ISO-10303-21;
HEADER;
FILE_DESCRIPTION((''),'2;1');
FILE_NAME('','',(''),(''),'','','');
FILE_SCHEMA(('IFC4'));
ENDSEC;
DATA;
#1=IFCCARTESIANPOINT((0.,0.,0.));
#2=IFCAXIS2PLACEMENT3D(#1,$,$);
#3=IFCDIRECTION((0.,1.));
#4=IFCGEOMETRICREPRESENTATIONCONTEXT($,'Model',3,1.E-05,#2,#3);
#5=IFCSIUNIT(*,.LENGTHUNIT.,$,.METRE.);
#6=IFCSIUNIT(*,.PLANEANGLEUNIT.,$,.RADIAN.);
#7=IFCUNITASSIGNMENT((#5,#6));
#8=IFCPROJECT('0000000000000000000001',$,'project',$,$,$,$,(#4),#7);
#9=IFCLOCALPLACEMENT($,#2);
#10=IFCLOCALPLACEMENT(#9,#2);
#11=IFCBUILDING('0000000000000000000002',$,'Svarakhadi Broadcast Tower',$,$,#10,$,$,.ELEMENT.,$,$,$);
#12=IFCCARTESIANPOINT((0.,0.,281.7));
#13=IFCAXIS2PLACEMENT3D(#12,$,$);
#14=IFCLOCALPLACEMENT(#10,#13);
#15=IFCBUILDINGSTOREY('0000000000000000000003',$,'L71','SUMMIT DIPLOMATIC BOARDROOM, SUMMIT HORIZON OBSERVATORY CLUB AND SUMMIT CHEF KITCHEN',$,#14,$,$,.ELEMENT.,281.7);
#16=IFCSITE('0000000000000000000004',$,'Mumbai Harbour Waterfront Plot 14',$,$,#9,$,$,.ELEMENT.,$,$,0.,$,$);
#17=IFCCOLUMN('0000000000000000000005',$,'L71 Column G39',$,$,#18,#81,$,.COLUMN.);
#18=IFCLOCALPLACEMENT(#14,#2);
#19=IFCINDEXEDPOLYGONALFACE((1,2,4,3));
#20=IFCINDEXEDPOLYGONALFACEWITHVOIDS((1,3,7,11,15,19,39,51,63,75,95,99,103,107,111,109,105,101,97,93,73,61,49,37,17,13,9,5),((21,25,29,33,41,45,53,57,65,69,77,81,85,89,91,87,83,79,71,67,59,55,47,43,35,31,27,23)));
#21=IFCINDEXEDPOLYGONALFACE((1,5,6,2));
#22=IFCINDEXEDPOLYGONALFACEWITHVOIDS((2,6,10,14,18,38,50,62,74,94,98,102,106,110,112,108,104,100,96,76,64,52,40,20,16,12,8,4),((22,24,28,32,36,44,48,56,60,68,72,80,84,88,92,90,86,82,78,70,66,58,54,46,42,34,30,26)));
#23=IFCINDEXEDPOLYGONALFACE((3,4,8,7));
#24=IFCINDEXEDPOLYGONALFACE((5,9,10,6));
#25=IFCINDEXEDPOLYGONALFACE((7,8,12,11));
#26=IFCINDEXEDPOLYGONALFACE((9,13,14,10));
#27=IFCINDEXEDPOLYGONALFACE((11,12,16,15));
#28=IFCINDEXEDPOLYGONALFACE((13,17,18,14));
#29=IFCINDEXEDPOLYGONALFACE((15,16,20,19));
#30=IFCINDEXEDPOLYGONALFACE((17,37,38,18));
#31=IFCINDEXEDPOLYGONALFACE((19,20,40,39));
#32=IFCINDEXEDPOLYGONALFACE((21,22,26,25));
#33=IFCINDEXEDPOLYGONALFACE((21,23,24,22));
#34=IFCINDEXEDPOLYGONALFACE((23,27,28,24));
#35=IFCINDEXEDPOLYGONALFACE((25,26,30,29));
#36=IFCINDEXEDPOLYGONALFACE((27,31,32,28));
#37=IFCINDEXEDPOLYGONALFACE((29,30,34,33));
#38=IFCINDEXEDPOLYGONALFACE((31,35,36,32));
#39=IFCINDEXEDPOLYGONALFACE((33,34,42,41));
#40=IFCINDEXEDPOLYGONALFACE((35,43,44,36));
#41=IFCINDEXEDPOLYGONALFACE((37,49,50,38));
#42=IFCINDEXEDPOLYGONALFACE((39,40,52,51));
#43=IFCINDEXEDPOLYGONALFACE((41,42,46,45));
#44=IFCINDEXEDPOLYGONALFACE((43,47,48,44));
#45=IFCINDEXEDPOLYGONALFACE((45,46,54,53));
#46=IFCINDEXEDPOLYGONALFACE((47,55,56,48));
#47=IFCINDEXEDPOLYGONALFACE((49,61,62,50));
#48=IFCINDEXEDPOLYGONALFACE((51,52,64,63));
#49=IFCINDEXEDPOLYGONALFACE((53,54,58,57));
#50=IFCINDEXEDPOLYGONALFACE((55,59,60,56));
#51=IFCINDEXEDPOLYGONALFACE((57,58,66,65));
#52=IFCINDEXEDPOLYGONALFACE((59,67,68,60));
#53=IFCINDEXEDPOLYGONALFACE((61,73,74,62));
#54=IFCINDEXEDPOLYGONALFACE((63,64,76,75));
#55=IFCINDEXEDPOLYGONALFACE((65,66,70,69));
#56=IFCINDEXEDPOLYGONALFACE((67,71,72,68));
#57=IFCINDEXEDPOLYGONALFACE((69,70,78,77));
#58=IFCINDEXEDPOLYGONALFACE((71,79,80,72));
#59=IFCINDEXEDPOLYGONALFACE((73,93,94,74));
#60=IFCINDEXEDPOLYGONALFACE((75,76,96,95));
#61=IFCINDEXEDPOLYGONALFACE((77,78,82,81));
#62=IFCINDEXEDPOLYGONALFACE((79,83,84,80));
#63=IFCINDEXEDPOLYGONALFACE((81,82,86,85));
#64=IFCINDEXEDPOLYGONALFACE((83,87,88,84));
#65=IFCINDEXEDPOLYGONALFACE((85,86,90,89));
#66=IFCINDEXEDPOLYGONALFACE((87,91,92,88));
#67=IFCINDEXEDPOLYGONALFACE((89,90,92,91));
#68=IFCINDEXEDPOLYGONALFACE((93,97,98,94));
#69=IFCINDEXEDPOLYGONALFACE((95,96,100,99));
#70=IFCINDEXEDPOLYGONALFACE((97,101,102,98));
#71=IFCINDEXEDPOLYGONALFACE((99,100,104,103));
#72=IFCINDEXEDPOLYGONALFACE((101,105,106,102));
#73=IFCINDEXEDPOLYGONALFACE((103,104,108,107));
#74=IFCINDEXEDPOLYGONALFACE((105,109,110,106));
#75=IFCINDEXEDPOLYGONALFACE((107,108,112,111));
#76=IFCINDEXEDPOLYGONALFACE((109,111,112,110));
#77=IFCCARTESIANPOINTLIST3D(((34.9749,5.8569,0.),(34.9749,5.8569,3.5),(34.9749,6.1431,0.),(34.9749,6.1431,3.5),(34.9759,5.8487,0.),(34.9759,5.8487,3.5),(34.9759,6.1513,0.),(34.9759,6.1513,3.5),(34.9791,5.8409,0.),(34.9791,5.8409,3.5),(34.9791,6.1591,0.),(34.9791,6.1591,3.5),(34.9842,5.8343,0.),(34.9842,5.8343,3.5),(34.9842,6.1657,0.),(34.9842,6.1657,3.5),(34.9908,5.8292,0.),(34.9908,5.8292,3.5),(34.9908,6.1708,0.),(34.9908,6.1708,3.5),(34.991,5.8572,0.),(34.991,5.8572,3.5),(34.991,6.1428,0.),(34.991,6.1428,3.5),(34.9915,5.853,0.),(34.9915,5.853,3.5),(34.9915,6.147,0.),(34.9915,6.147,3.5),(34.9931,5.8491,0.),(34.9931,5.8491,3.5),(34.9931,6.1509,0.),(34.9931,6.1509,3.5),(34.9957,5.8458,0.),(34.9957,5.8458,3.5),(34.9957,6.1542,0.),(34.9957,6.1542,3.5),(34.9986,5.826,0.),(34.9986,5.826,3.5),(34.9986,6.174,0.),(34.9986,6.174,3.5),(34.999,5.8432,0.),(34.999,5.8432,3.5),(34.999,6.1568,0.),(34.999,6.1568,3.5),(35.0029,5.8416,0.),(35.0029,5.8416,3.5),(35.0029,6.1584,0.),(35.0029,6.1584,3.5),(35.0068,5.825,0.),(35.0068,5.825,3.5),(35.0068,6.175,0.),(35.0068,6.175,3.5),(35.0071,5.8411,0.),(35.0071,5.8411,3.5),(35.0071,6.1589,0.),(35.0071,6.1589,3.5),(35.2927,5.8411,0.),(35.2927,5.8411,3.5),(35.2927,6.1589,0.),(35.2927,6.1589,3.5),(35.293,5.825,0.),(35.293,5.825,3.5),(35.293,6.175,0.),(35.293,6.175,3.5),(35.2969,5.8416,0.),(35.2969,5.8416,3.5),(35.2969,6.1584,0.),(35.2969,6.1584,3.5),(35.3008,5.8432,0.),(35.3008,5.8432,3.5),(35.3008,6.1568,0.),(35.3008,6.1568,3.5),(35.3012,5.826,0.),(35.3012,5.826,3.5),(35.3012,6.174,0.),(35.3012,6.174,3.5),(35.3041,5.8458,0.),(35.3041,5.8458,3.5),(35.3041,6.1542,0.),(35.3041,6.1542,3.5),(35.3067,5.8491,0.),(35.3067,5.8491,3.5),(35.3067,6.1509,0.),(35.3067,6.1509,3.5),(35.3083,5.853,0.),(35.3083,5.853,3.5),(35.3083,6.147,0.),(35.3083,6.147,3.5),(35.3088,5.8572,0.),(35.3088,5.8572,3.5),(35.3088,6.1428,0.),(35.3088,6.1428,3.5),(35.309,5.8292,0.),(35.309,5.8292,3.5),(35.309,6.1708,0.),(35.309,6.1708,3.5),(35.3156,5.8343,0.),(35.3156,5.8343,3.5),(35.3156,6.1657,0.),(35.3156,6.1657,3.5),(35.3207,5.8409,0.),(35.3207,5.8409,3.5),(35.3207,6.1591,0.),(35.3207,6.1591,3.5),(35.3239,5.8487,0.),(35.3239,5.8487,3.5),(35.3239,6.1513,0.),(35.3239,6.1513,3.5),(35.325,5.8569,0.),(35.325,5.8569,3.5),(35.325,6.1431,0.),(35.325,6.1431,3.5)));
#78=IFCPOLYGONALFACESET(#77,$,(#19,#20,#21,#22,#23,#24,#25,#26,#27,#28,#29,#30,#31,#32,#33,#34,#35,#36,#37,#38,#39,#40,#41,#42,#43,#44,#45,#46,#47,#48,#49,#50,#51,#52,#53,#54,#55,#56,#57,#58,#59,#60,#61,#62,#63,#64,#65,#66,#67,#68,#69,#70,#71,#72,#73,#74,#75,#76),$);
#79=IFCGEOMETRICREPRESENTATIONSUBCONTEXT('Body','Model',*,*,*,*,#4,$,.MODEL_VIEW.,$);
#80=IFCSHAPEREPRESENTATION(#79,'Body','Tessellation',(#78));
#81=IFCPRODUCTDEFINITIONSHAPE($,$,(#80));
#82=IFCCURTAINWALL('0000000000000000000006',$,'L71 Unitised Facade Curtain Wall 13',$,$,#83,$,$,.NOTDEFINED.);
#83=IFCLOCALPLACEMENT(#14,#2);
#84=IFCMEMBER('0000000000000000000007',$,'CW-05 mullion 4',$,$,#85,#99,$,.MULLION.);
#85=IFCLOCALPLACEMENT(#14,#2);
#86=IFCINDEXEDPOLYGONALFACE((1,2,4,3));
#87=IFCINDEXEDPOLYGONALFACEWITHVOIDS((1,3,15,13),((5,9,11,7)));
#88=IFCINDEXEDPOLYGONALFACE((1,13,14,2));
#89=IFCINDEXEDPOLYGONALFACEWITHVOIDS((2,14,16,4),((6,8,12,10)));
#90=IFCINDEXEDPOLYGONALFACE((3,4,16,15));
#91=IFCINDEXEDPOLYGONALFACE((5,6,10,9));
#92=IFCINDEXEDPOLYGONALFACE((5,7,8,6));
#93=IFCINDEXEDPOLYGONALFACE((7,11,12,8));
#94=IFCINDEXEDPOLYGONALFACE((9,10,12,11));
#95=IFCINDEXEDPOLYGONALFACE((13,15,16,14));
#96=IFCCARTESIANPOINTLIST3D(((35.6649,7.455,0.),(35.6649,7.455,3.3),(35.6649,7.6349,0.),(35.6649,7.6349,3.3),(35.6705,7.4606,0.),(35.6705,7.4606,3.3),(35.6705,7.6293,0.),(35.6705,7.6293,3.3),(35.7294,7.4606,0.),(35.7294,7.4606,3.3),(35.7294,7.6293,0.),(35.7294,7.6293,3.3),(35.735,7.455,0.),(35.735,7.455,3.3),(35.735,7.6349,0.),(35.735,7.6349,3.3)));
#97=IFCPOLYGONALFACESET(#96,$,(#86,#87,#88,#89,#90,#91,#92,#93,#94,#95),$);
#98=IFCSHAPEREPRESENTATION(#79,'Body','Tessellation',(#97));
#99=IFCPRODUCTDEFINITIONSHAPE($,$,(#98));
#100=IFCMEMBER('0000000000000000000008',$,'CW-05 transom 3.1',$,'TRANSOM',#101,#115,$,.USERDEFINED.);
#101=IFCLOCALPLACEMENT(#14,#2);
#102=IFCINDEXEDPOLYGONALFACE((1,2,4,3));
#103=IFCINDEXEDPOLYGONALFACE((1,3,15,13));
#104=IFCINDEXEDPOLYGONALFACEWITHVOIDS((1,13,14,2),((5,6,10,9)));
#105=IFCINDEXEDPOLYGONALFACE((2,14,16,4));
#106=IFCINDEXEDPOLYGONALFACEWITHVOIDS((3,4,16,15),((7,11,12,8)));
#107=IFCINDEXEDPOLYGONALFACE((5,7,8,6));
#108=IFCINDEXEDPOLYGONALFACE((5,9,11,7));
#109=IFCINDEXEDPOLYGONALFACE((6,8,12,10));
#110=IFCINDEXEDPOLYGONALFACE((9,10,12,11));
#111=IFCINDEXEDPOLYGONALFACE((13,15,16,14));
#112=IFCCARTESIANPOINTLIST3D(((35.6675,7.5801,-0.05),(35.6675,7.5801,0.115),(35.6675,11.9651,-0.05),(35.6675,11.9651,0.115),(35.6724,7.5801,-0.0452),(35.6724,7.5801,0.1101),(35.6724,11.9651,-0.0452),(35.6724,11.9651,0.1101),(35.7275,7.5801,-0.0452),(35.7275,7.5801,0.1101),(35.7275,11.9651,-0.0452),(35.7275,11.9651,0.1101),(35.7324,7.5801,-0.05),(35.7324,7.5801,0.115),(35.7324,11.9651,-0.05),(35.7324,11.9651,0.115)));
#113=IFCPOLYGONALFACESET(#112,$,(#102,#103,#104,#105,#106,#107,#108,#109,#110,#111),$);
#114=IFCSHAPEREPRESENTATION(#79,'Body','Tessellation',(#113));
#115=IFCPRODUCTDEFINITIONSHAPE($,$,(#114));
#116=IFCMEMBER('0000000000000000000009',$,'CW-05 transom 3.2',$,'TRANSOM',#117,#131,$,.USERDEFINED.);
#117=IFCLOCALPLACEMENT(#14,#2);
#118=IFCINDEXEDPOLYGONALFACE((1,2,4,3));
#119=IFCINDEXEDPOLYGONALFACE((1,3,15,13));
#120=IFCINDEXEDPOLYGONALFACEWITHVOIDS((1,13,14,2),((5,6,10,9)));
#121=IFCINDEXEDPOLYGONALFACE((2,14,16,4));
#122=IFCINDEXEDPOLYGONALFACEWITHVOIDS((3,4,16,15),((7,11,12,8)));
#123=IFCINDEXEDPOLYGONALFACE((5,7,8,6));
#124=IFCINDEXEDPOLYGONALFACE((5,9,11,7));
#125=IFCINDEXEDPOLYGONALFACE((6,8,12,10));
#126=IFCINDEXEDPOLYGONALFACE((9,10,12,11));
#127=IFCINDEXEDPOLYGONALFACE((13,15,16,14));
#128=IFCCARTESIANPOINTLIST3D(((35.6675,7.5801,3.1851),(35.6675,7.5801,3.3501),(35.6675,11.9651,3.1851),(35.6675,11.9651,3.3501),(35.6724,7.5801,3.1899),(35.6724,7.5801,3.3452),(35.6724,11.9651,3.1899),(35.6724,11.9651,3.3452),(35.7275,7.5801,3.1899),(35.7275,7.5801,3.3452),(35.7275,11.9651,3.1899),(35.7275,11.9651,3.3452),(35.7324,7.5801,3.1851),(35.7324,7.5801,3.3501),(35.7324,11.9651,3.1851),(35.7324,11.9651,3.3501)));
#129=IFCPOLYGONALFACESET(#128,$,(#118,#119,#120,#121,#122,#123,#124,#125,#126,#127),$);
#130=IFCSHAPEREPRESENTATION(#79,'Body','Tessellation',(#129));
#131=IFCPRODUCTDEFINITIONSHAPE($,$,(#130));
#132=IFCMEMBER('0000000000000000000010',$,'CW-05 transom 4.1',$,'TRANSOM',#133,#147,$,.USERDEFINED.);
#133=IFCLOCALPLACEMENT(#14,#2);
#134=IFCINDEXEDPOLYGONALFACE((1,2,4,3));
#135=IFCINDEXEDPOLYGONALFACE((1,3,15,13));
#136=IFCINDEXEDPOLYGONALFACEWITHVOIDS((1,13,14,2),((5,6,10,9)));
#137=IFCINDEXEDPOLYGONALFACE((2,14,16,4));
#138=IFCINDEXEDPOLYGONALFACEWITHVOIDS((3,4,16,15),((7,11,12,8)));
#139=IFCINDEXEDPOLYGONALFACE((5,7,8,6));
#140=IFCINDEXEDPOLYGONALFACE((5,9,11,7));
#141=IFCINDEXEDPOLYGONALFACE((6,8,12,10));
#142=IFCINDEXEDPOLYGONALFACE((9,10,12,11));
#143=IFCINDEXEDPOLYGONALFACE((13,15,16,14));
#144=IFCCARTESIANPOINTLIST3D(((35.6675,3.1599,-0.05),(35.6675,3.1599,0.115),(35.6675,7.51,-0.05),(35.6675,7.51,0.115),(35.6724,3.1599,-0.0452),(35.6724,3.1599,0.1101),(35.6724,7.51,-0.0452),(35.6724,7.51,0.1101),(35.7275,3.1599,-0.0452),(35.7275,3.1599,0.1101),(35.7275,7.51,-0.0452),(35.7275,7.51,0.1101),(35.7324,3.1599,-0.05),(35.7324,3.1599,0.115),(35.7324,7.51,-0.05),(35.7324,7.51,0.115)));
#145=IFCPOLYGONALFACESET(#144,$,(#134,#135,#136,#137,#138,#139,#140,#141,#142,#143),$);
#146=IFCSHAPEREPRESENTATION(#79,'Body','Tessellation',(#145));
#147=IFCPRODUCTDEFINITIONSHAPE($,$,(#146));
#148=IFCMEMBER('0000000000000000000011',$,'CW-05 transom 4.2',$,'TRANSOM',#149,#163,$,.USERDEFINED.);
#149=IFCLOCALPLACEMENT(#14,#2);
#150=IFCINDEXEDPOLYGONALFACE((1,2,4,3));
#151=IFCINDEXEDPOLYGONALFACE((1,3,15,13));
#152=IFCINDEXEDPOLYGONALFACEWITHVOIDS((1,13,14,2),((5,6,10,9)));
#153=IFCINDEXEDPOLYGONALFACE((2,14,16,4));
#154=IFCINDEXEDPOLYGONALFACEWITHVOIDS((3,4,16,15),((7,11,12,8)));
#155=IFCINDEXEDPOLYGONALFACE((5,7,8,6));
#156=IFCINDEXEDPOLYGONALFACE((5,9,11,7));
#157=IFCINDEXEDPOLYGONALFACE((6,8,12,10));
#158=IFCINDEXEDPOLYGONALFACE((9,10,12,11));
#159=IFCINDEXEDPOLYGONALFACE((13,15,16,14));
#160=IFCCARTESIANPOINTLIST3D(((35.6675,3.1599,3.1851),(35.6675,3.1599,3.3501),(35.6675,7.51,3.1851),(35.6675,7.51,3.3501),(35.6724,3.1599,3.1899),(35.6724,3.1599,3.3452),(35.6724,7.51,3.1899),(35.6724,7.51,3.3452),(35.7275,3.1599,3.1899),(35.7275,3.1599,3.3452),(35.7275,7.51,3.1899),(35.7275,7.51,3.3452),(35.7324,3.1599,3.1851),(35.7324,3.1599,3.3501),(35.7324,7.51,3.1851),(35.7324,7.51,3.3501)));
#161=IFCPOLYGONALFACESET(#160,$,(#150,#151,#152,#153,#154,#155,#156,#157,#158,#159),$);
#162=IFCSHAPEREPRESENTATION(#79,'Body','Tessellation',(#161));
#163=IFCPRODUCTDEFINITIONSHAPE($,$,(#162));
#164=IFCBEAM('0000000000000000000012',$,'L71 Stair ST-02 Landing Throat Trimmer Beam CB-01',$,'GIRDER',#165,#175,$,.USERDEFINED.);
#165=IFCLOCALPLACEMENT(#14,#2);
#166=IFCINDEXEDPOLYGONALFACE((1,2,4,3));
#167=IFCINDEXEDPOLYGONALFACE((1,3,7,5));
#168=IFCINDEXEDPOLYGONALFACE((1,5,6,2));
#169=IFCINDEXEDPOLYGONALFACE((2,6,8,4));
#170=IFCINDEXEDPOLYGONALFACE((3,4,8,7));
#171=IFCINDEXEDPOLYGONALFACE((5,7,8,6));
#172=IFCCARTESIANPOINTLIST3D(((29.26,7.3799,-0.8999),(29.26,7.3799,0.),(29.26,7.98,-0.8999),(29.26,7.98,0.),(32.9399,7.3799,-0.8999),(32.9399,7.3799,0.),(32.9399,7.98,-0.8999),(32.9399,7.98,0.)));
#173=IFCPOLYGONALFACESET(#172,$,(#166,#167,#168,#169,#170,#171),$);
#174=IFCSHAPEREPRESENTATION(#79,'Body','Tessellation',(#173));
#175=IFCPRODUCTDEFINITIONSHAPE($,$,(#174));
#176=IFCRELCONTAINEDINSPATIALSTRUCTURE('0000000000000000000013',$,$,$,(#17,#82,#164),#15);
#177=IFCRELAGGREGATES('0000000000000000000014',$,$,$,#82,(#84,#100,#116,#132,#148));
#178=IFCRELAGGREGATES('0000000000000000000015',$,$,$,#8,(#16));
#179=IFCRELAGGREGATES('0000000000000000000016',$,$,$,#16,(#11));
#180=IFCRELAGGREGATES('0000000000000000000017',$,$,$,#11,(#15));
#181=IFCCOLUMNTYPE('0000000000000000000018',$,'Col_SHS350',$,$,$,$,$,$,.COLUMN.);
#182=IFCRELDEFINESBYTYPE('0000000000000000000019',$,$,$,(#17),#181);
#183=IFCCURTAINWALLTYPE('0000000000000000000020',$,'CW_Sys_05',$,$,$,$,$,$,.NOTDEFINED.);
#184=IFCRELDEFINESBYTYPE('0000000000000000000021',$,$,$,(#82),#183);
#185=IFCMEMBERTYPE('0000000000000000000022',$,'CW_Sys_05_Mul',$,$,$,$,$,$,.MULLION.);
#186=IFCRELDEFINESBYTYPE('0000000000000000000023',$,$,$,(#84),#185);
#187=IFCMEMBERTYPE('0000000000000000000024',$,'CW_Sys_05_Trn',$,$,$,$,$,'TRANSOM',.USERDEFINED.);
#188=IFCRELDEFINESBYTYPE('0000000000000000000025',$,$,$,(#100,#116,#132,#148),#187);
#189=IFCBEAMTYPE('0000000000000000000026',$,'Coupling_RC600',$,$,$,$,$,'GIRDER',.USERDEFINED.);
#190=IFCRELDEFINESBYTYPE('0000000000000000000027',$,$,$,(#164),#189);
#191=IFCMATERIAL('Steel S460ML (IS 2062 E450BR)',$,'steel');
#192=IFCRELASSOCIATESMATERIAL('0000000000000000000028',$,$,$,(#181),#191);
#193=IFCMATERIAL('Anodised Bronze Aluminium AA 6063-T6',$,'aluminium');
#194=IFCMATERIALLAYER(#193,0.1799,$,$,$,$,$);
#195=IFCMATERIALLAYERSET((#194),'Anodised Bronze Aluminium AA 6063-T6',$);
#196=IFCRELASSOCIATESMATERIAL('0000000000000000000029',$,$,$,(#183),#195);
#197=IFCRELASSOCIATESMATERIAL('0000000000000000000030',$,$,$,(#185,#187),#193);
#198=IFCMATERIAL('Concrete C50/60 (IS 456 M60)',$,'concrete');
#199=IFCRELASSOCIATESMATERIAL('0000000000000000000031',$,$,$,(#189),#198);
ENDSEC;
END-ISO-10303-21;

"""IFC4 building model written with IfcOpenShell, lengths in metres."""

from ifc_helpers import new_model, si_unit, direction, frame, origin, origin_2d, place, context, subcontext, project, spatial, rectangle, hollow_rectangle, extrude, material, layer, layer_set, material_profile, profile_set, type_object, element, aggregate, save


model = new_model("IFC4")

# Units and contexts
model_context = context("Model", 3, precision=1e-05, world=origin(), true_north=direction((0.0, 1.0)))
body_context = subcontext(model_context, "Body", "Model", "MODEL_VIEW")
ifc_project = project(units=[si_unit("LENGTHUNIT", "METRE"), si_unit("PLANEANGLEUNIT", "RADIAN")], contexts=[model_context])

# Site, building, storey
site_placement = place(None, origin())
site = spatial("IfcSite", under=ifc_project, at=site_placement, Name="Mumbai Harbour Waterfront Plot 14", CompositionType="ELEMENT", RefElevation=0.0)
building_placement = place(site_placement, origin())
building = spatial("IfcBuilding", under=site, at=building_placement, Name="Svarakhadi Broadcast Tower", CompositionType="ELEMENT")
storey_placement = place(building_placement, frame((0.0, 0.0, 281.7)))
storey = spatial("IfcBuildingStorey", under=building, at=storey_placement, Name="L71", Description="SUMMIT DIPLOMATIC BOARDROOM, SUMMIT HORIZON OBSERVATORY CLUB AND SUMMIT CHEF KITCHEN", CompositionType="ELEMENT", Elevation=281.7)

# Column
ifc_material_1 = material(Name="Steel S460ML (IS 2062 E450BR)", Category="steel")
ifc_material_profile_1 = material_profile(ifc_material_1, hollow_rectangle(XDim=0.3501, YDim=0.3501, WallThickness=0.0161, InnerFilletRadius=0.0161, OuterFilletRadius=0.032, at=origin_2d()), Name="SHS 350x350x16")
ifc_profile_set_1 = profile_set([ifc_material_profile_1], Name="Steel S460ML (IS 2062 E450BR)")
column_type = type_object("IfcColumnType", Name="Col_SHS350", PredefinedType="COLUMN", material=ifc_profile_set_1)
column_placement = place(storey_placement, frame((35.1499, 6.0, 0.0), z_axis=(0.0, 0.0, 1.0), x_axis=(1.0, 0.0, 0.0)))
element("IfcColumn", 1, at=column_placement, inside=storey, type_object=column_type, Name="L71 Column G39", PredefinedType="COLUMN", context=body_context, shape_type="SweptSolid", body=[
    extrude(hollow_rectangle(XDim=0.3501, YDim=0.3501, WallThickness=0.0161, InnerFilletRadius=0.0161, OuterFilletRadius=0.032, at=origin_2d()), origin(), (0.0, 0.0, 1.0), 3.5),
])

# Curtain wall, members
ifc_material_2 = material(Name="Anodised Bronze Aluminium AA 6063-T6", Category="aluminium")
ifc_layer_1 = layer(ifc_material_2, 0.1799)
ifc_layer_set_1 = layer_set([ifc_layer_1], Name="Anodised Bronze Aluminium AA 6063-T6")
curtain_wall_type = type_object("IfcCurtainWallType", Name="CW_Sys_05", PredefinedType="NOTDEFINED", material=ifc_layer_set_1)
curtain_wall_placement = place(storey_placement, origin())
curtain_wall = element("IfcCurtainWall", 2, at=curtain_wall_placement, inside=storey, type_object=curtain_wall_type, Name="L71 Unitised Facade Curtain Wall 13", PredefinedType="NOTDEFINED")
ifc_material_profile_2 = material_profile(ifc_material_2, hollow_rectangle(XDim=0.0701, YDim=0.1799, WallThickness=0.0056, at=origin_2d()), Name="ALU MULLION 180x70x6")
ifc_profile_set_2 = profile_set([ifc_material_profile_2], Name="Anodised Bronze Aluminium AA 6063-T6")
member_type_1 = type_object("IfcMemberType", Name="CW_Sys_05_Mul", PredefinedType="MULLION", material=ifc_profile_set_2)
member_1_placement = place(storey_placement, frame((35.7, 7.5449, 0.0), z_axis=(0.0, 0.0, 1.0), x_axis=(1.0, 0.0, 0.0)))
member_1 = element("IfcMember", 3, at=member_1_placement, type_object=member_type_1, Name="CW-05 mullion 4", PredefinedType="MULLION", context=body_context, shape_type="SweptSolid", body=[
    extrude(hollow_rectangle(XDim=0.0701, YDim=0.1799, WallThickness=0.0056, at=origin_2d()), origin(), (0.0, 0.0, 1.0), 3.3),
])
ifc_material_profile_3 = material_profile(ifc_material_2, hollow_rectangle(XDim=0.0649, YDim=0.165, WallThickness=0.0049, at=origin_2d()), Name="ALU TRANSOM 165x65x5")
ifc_profile_set_3 = profile_set([ifc_material_profile_3], Name="Anodised Bronze Aluminium AA 6063-T6")
member_type_2 = type_object("IfcMemberType", Name="CW_Sys_05_Trn", ElementType="TRANSOM", PredefinedType="USERDEFINED", material=ifc_profile_set_3)
member_2_placement = place(storey_placement, frame((35.7, 11.9651, 0.0325), z_axis=(0.0, -1.0, 0.0), x_axis=(1.0, 0.0, 0.0)))
member_2 = element("IfcMember", 4, at=member_2_placement, type_object=member_type_2, Name="CW-05 transom 3.1", ObjectType="TRANSOM", PredefinedType="USERDEFINED", context=body_context, shape_type="SweptSolid", body=[
    extrude(hollow_rectangle(XDim=0.0649, YDim=0.165, WallThickness=0.0049, at=origin_2d()), origin(), (0.0, 0.0, 1.0), 4.385),
])
member_3_placement = place(storey_placement, frame((35.7, 11.9651, 3.2676), z_axis=(0.0, -1.0, 0.0), x_axis=(1.0, 0.0, 0.0)))
member_3 = element("IfcMember", 5, at=member_3_placement, type_object=member_type_2, Name="CW-05 transom 3.2", ObjectType="TRANSOM", PredefinedType="USERDEFINED", context=body_context, shape_type="SweptSolid", body=[
    extrude(hollow_rectangle(XDim=0.0649, YDim=0.165, WallThickness=0.0049, at=origin_2d()), origin(), (0.0, 0.0, 1.0), 4.385),
])
member_4_placement = place(storey_placement, frame((35.7, 7.51, 0.0325), z_axis=(0.0, -1.0, 0.0), x_axis=(1.0, 0.0, 0.0)))
member_4 = element("IfcMember", 6, at=member_4_placement, type_object=member_type_2, Name="CW-05 transom 4.1", ObjectType="TRANSOM", PredefinedType="USERDEFINED", context=body_context, shape_type="SweptSolid", body=[
    extrude(hollow_rectangle(XDim=0.0649, YDim=0.165, WallThickness=0.0049, at=origin_2d()), origin(), (0.0, 0.0, 1.0), 4.3501),
])
member_5_placement = place(storey_placement, frame((35.7, 7.51, 3.2676), z_axis=(0.0, -1.0, 0.0), x_axis=(1.0, 0.0, 0.0)))
member_5 = element("IfcMember", 7, at=member_5_placement, type_object=member_type_2, Name="CW-05 transom 4.2", ObjectType="TRANSOM", PredefinedType="USERDEFINED", context=body_context, shape_type="SweptSolid", body=[
    extrude(hollow_rectangle(XDim=0.0649, YDim=0.165, WallThickness=0.0049, at=origin_2d()), origin(), (0.0, 0.0, 1.0), 4.3501),
])

# Beam
ifc_material_3 = material(Name="Concrete C50/60 (IS 456 M60)", Category="concrete")
ifc_material_profile_4 = material_profile(ifc_material_3, rectangle(XDim=0.6001, YDim=0.8999, at=origin_2d()), Name="RC 600x900")
ifc_profile_set_4 = profile_set([ifc_material_profile_4], Name="Concrete C50/60 (IS 456 M60)")
beam_type_1 = type_object("IfcBeamType", Name="Coupling_RC600", ElementType="GIRDER", PredefinedType="USERDEFINED", material=ifc_profile_set_4)
beam_1_placement = place(storey_placement, frame((29.26, 7.6799, -0.45), z_axis=(1.0, 0.0, 0.0), x_axis=(0.0, 1.0, 0.0)))
element("IfcBeam", 8, at=beam_1_placement, inside=storey, type_object=beam_type_1, Name="L71 Stair ST-02 Landing Throat Trimmer Beam CB-01", ObjectType="GIRDER", PredefinedType="USERDEFINED", context=body_context, shape_type="SweptSolid", body=[
    extrude(rectangle(XDim=0.6001, YDim=0.8999, at=origin_2d()), origin(), (0.0, 0.0, 1.0), 3.6799),
])

aggregate(curtain_wall, [member_1, member_2, member_3, member_4, member_5])

save(model, "model.ifc")
